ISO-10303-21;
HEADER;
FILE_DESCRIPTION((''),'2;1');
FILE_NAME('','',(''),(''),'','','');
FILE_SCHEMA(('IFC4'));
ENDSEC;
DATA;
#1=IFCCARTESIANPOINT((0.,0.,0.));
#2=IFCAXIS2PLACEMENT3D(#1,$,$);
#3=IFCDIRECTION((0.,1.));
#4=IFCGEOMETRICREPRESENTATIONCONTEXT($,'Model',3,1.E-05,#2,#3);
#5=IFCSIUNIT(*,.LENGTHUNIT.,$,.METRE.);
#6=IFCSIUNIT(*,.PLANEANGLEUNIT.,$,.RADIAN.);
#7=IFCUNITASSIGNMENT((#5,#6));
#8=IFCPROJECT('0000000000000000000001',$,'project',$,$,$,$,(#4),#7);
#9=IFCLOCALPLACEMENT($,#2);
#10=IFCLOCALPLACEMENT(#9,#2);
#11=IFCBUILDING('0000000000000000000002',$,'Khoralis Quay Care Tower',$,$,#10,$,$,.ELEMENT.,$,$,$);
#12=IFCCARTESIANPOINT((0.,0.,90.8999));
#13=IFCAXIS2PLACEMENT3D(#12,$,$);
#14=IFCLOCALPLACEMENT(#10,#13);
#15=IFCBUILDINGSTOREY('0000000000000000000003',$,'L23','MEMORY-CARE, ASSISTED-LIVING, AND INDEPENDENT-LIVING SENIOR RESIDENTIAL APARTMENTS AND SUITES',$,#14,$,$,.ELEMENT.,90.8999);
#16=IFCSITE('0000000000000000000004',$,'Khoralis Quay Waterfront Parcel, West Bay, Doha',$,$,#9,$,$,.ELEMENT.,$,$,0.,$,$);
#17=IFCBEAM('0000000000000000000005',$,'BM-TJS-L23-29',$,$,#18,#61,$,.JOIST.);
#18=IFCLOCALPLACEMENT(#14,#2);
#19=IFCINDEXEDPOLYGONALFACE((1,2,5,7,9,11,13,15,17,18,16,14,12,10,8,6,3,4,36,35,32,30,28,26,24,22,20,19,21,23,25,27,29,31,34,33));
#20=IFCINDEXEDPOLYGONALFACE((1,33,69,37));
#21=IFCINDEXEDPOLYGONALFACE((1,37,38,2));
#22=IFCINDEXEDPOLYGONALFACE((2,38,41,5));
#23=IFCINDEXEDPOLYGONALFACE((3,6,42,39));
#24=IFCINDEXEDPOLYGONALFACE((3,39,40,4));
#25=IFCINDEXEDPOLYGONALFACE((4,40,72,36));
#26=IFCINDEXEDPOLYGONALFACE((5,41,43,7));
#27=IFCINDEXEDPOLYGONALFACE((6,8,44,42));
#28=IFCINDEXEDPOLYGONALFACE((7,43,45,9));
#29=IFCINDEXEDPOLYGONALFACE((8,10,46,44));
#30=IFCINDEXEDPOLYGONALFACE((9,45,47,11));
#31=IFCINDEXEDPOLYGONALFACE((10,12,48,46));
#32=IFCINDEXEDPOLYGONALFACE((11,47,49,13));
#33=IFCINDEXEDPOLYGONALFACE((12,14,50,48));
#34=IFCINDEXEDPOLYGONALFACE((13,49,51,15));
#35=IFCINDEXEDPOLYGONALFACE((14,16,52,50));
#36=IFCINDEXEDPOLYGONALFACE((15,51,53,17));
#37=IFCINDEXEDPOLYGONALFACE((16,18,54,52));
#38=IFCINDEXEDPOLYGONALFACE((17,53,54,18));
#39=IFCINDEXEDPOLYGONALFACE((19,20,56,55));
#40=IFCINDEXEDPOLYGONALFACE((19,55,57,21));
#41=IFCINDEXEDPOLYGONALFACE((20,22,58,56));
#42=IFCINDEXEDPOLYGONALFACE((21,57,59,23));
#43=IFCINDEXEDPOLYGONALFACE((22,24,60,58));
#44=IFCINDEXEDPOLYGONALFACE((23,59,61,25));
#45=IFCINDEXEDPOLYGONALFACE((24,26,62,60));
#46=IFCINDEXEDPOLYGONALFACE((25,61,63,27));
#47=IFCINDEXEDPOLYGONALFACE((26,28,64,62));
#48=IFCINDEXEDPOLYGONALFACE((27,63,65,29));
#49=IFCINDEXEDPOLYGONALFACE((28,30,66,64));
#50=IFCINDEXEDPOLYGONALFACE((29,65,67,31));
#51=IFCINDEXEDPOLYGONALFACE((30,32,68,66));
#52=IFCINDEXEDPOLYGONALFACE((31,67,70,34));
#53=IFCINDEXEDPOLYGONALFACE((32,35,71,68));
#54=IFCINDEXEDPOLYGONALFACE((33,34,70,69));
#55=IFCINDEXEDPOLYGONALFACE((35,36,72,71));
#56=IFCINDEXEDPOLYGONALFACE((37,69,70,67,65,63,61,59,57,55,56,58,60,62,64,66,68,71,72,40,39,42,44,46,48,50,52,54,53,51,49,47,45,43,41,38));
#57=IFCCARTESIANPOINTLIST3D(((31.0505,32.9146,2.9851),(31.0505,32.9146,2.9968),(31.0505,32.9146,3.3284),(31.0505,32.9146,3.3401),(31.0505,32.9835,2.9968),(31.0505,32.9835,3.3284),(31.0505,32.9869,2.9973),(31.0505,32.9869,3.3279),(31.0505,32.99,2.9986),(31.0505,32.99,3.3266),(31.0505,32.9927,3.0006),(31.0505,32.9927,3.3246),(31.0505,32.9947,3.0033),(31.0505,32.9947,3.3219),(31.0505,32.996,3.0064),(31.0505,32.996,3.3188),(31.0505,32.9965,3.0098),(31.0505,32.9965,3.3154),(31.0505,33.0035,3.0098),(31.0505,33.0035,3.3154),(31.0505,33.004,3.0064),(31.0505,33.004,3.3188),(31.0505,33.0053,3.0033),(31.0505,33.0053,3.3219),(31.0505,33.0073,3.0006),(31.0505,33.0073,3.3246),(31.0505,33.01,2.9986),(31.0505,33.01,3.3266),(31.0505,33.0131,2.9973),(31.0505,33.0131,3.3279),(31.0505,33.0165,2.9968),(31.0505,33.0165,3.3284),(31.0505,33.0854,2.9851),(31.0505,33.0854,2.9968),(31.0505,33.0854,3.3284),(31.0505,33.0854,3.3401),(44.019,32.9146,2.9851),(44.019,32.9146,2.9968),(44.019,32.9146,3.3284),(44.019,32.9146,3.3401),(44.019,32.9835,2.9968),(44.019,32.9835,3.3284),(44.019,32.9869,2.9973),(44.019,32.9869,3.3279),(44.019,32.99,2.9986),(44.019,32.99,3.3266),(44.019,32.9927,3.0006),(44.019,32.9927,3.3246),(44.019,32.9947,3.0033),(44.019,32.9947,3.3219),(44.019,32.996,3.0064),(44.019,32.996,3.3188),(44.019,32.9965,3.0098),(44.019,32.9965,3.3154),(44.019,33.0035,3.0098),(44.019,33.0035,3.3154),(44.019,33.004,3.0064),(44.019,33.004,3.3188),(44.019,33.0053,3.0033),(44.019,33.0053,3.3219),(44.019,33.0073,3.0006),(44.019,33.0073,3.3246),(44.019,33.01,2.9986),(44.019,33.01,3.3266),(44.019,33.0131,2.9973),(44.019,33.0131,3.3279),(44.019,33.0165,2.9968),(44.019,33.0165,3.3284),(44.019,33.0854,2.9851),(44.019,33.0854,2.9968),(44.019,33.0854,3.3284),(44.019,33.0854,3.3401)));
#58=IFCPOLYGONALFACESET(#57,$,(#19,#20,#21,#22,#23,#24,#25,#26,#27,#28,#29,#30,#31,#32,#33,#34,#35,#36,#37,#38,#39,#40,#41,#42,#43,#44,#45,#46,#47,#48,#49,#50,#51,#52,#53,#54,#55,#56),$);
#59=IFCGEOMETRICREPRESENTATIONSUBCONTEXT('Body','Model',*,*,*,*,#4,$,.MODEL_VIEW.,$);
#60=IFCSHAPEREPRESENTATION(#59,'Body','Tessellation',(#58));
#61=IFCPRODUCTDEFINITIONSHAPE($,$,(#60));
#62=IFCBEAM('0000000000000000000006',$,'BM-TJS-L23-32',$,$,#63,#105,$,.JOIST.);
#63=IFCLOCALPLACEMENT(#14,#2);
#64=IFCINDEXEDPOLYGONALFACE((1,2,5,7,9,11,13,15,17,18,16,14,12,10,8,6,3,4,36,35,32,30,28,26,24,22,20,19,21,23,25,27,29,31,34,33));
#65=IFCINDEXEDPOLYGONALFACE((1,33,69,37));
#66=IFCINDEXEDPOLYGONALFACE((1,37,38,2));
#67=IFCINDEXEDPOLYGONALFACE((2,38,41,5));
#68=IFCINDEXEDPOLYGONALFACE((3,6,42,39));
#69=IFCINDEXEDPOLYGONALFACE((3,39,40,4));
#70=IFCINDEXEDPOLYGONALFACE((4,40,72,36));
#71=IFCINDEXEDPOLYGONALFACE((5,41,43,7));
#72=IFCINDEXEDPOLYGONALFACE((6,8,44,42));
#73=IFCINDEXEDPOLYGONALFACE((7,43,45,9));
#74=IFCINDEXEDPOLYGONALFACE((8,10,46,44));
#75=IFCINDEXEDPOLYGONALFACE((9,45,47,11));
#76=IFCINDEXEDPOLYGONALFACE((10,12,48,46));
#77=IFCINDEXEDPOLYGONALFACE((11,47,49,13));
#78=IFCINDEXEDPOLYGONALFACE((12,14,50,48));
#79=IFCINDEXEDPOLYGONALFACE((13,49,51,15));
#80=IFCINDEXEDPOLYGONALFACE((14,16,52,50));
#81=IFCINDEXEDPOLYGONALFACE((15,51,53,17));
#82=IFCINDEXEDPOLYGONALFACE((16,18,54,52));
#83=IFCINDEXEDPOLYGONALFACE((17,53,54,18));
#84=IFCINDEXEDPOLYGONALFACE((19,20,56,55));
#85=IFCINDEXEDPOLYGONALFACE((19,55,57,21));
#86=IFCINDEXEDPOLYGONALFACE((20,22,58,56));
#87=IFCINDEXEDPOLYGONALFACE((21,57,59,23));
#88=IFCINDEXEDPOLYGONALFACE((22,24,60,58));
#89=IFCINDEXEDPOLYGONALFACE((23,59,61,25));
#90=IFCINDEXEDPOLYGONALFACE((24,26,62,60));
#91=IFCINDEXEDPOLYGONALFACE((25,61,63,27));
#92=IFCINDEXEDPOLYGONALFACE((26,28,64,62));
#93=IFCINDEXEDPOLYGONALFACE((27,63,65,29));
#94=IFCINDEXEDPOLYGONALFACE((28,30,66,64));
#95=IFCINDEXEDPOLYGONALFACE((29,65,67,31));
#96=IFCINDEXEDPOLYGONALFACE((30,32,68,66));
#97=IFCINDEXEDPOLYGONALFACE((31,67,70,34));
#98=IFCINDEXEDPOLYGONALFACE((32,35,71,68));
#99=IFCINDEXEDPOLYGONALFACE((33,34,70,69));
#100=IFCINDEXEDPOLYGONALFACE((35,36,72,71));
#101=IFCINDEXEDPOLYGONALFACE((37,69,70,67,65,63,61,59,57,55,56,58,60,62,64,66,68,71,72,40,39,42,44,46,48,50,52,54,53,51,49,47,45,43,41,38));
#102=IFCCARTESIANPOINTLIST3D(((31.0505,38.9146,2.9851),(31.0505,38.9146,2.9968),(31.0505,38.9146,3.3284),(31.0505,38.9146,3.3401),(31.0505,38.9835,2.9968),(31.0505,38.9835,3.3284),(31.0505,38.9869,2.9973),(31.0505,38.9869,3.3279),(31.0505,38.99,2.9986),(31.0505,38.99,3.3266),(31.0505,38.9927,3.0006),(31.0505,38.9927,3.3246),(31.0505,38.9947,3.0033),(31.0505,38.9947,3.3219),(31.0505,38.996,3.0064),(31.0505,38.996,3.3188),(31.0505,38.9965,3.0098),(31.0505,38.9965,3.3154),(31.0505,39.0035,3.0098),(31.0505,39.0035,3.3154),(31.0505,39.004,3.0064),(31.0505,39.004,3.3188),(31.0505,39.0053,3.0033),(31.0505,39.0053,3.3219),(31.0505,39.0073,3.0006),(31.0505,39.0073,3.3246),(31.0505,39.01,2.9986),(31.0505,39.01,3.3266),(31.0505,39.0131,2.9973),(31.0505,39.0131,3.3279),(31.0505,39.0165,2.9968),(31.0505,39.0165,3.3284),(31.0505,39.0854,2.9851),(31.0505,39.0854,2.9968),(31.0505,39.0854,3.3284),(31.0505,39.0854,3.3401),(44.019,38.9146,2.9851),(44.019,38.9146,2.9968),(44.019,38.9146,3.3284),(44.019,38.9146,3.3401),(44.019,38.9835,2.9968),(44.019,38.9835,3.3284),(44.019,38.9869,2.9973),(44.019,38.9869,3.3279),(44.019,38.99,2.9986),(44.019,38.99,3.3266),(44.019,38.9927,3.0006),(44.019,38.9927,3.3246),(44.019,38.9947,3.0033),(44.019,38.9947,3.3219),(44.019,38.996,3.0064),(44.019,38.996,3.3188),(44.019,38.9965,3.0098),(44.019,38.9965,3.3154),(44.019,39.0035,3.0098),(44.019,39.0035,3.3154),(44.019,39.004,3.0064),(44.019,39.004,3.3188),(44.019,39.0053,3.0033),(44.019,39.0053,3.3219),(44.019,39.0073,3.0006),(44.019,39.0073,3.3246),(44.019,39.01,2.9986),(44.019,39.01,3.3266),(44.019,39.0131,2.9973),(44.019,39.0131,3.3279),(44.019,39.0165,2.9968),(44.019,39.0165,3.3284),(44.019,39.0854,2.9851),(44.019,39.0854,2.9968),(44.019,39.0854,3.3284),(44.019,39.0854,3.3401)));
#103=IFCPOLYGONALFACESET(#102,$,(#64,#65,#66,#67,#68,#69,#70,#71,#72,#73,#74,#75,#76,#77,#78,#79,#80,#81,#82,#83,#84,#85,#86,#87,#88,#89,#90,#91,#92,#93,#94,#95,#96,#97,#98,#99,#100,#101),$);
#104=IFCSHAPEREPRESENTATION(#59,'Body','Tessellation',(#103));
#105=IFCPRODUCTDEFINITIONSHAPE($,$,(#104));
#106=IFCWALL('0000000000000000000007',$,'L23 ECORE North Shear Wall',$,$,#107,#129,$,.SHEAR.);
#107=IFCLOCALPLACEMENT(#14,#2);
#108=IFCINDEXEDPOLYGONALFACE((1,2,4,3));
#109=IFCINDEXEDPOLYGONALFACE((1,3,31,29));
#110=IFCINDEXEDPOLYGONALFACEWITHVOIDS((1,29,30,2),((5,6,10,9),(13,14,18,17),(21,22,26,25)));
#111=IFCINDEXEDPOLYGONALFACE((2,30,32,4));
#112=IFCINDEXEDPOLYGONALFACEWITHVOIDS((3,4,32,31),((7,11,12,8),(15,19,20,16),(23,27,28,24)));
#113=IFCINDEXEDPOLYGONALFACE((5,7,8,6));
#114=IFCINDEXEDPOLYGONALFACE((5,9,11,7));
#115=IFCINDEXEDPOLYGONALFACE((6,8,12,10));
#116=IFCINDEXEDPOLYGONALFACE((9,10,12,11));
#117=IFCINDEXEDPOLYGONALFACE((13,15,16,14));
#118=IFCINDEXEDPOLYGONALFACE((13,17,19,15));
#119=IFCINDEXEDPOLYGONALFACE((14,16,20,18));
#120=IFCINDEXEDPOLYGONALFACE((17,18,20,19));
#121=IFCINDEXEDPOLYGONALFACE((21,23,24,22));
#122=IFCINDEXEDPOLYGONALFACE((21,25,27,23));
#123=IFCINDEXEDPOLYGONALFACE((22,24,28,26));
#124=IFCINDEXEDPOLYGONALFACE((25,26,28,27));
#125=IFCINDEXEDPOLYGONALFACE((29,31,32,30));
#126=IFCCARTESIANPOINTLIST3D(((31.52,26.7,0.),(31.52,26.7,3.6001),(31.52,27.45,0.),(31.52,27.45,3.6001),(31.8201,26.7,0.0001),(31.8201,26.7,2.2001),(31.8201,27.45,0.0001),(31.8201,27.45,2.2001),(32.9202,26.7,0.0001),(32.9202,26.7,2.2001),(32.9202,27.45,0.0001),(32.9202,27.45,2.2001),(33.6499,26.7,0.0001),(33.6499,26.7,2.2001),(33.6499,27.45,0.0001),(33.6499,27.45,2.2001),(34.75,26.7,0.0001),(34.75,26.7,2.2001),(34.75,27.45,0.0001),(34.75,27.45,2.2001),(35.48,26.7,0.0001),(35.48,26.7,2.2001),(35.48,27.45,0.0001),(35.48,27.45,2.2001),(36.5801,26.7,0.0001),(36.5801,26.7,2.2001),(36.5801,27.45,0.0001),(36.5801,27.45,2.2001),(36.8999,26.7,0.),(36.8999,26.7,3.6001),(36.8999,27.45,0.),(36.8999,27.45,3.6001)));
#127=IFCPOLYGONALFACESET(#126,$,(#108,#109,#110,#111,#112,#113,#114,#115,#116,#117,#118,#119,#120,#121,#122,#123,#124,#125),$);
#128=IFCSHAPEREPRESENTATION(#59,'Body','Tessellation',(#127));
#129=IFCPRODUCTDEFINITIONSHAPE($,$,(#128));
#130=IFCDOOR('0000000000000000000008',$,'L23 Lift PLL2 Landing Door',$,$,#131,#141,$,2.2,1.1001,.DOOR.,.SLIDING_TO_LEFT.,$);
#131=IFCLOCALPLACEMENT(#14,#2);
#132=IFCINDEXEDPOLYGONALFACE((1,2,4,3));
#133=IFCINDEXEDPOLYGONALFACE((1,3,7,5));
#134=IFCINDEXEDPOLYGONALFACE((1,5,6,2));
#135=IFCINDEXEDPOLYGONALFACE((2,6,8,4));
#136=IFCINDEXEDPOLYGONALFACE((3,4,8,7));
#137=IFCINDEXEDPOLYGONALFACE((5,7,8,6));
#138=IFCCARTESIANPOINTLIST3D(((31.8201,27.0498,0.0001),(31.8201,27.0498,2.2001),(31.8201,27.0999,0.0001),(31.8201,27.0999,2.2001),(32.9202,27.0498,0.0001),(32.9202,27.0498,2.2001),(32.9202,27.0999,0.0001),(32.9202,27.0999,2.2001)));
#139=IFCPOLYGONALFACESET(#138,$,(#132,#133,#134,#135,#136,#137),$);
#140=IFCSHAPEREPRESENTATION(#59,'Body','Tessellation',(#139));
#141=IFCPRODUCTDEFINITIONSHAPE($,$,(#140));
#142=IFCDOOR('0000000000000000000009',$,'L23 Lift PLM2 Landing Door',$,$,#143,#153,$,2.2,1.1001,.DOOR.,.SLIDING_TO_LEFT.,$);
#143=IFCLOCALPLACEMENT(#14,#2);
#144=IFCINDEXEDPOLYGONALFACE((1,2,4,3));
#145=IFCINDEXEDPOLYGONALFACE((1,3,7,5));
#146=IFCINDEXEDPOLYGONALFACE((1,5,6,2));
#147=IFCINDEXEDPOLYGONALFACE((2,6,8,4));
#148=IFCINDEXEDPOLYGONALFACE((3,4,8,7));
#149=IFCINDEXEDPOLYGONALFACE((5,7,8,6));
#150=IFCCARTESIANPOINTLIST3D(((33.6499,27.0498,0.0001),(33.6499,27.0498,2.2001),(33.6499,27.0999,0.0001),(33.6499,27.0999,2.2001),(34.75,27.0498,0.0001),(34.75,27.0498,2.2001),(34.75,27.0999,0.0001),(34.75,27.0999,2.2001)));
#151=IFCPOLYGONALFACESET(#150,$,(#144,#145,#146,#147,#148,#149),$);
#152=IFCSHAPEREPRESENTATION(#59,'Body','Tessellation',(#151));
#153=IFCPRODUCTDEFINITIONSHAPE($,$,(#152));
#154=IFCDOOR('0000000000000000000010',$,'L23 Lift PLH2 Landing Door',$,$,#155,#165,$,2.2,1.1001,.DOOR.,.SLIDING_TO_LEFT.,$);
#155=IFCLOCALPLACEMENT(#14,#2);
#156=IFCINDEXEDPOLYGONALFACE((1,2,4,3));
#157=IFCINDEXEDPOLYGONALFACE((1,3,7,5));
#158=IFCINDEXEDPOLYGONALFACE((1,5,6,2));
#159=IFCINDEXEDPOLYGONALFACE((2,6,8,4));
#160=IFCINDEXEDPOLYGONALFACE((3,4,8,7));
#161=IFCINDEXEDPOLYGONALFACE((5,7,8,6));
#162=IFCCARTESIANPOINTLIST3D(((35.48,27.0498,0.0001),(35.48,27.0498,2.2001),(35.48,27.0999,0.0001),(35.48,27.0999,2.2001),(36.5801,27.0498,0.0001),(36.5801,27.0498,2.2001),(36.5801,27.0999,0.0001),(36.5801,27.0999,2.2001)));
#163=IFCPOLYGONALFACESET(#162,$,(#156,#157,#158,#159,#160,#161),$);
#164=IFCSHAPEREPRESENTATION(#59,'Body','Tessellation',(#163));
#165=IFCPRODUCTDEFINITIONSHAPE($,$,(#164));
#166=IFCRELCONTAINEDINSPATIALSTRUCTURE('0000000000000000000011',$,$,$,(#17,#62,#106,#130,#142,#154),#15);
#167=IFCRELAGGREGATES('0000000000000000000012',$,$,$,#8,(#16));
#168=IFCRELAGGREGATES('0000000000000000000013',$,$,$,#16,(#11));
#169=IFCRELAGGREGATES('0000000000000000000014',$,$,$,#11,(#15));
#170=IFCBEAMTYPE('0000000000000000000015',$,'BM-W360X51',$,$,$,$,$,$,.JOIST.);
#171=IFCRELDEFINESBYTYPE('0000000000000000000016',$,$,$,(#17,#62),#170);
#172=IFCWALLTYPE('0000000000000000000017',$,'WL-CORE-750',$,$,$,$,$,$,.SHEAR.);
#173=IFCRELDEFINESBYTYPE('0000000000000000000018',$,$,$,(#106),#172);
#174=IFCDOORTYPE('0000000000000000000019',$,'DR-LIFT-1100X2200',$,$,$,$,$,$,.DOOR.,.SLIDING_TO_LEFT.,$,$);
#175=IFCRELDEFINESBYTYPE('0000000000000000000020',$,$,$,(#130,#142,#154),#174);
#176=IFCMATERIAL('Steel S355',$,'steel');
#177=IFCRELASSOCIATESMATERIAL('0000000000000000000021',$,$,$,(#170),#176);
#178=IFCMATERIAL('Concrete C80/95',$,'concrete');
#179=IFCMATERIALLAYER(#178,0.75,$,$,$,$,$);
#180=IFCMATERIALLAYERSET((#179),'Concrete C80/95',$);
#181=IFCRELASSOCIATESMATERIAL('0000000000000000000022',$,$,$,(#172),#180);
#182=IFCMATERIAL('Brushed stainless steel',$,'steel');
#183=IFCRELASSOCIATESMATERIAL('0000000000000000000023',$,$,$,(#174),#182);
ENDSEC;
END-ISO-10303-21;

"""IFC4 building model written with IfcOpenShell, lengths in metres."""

from ifc_helpers import new_model, si_unit, direction, frame, frame_2d, origin, origin_2d, place, context, subcontext, project, spatial, rectangle, i_section, extrude, source, transform, mapped, material, layer, layer_set, material_profile, profile_set, type_object, element, fill, save


model = new_model("IFC4")

# Units and contexts
model_context = context("Model", 3, precision=1e-05, world=origin(), true_north=direction((0.0, 1.0)))
body_context = subcontext(model_context, "Body", "Model", "MODEL_VIEW")
ifc_project = project(units=[si_unit("LENGTHUNIT", "METRE"), si_unit("PLANEANGLEUNIT", "RADIAN")], contexts=[model_context])

# Site, building, storey
site_placement = place(None, origin())
site = spatial("IfcSite", under=ifc_project, at=site_placement, Name="Khoralis Quay Waterfront Parcel, West Bay, Doha", CompositionType="ELEMENT", RefElevation=0.0)
building_placement = place(site_placement, origin())
building = spatial("IfcBuilding", under=site, at=building_placement, Name="Khoralis Quay Care Tower", CompositionType="ELEMENT")
storey_placement = place(building_placement, frame((0.0, 0.0, 90.8999)))
storey = spatial("IfcBuildingStorey", under=building, at=storey_placement, Name="L23", Description="MEMORY-CARE, ASSISTED-LIVING, AND INDEPENDENT-LIVING SENIOR RESIDENTIAL APARTMENTS AND SUITES", CompositionType="ELEMENT", Elevation=90.8999)

# Beams
ifc_material_1 = material(Name="Steel S355", Category="steel")
ifc_material_profile_1 = material_profile(ifc_material_1, i_section(OverallWidth=0.1709, OverallDepth=0.355, WebThickness=0.0071, FlangeThickness=0.0117, FilletRadius=0.0129, at=origin_2d()), Name="Steel S355")
ifc_profile_set_1 = profile_set([ifc_material_profile_1], Name="Steel S355")
beam_type_1 = type_object("IfcBeamType", Name="BM-W360X51", PredefinedType="JOIST", material=ifc_profile_set_1)
shared_shape_1 = source(origin(), body_context, "Body", "SweptSolid", [
    extrude(i_section(OverallWidth=0.1709, OverallDepth=0.355, WebThickness=0.0071, FlangeThickness=0.0117, FilletRadius=0.0129, at=origin_2d()), origin(), (0.0, 0.0, 1.0), 12.9685),
])
for number, where, z_axis, x_axis, name in (
    (1, (31.0505, 33.0, 3.1626), (1.0, 0.0, 0.0), (0.0, 1.0, 0.0), "BM-TJS-L23-29"),
    (2, (31.0505, 39.0, 3.1626), (1.0, 0.0, 0.0), (0.0, 1.0, 0.0), "BM-TJS-L23-32"),
):
    element("IfcBeam", number, at=place(storey_placement, frame(where, z_axis=z_axis, x_axis=x_axis)), inside=storey, type_object=beam_type_1, Name=name, PredefinedType="JOIST", context=body_context, shape_type="MappedRepresentation", body=[
        mapped(shared_shape_1, transform((0.0, 0.0, 0.0), scale=1.0)),
    ])

# Wall, openings, doors
ifc_material_2 = material(Name="Concrete C80/95", Category="concrete")
ifc_layer_1 = layer(ifc_material_2, 0.75)
ifc_layer_set_1 = layer_set([ifc_layer_1], Name="Concrete C80/95")
wall_type_1 = type_object("IfcWallType", Name="WL-CORE-750", PredefinedType="SHEAR", material=ifc_layer_set_1)
wall_1_placement = place(storey_placement, frame((31.52, 27.075, 0.0), z_axis=(0.0, 0.0, 1.0), x_axis=(1.0, 0.0, 0.0)))
wall_1 = element("IfcWall", 3, at=wall_1_placement, inside=storey, type_object=wall_type_1, Name="L23 ECORE North Shear Wall", PredefinedType="SHEAR", context=body_context, shape_type="SweptSolid", body=[
    extrude(rectangle(XDim=5.3799, YDim=0.75, at=frame_2d((2.6899, 0.0))), origin(), (0.0, 0.0, 1.0), 3.6001),
])
opening_1_placement = place(wall_1_placement, frame((0.3, 0.0, 0.0)))
opening_1 = element("IfcOpeningElement", 4, at=opening_1_placement, cuts=wall_1, PredefinedType="OPENING", context=body_context, shape_type="SweptSolid", body=[
    extrude(rectangle(XDim=1.1001, YDim=2.2, at=frame_2d((0.55, 1.1001))), frame((0.0, 0.385, 0.0), z_axis=(0.0, -1.0, 0.0), x_axis=(1.0, 0.0, 0.0)), (0.0, 0.0, 1.0), 0.77),
])
opening_2_placement = place(wall_1_placement, frame((2.1299, 0.0, 0.0)))
opening_2 = element("IfcOpeningElement", 5, at=opening_2_placement, cuts=wall_1, PredefinedType="OPENING", context=body_context, shape_type="SweptSolid", body=[
    extrude(rectangle(XDim=1.1001, YDim=2.2, at=frame_2d((0.55, 1.1001))), frame((0.0, 0.385, 0.0), z_axis=(0.0, -1.0, 0.0), x_axis=(1.0, 0.0, 0.0)), (0.0, 0.0, 1.0), 0.77),
])
opening_3_placement = place(wall_1_placement, frame((3.96, 0.0, 0.0)))
opening_3 = element("IfcOpeningElement", 6, at=opening_3_placement, cuts=wall_1, PredefinedType="OPENING", context=body_context, shape_type="SweptSolid", body=[
    extrude(rectangle(XDim=1.1001, YDim=2.2, at=frame_2d((0.55, 1.1001))), frame((0.0, 0.385, 0.0), z_axis=(0.0, -1.0, 0.0), x_axis=(1.0, 0.0, 0.0)), (0.0, 0.0, 1.0), 0.77),
])
ifc_material_3 = material(Name="Brushed stainless steel", Category="steel")
door_type_1 = type_object("IfcDoorType", Name="DR-LIFT-1100X2200", OperationType="SLIDING_TO_LEFT", PredefinedType="DOOR", material=ifc_material_3)
shared_shape_2 = source(origin(), body_context, "Body", "SweptSolid", [
    extrude(rectangle(XDim=1.1001, YDim=2.2, at=frame_2d((0.55, 1.1001))), frame((0.0, 0.0249, 0.0), z_axis=(0.0, -1.0, 0.0), x_axis=(1.0, 0.0, 0.0)), (0.0, 0.0, 1.0), 0.05),
])
door_1_placement = place(opening_1_placement, origin())
door_1 = element("IfcDoor", 7, at=door_1_placement, inside=storey, type_object=door_type_1, Name="L23 Lift PLL2 Landing Door", OperationType="SLIDING_TO_LEFT", OverallHeight=2.2, OverallWidth=1.1001, PredefinedType="DOOR", context=body_context, shape_type="MappedRepresentation", body=[
    mapped(shared_shape_2, transform((0.0, 0.0, 0.0), scale=1.0)),
])
fill(opening_1, door_1)
door_2_placement = place(opening_2_placement, origin())
door_2 = element("IfcDoor", 8, at=door_2_placement, inside=storey, type_object=door_type_1, Name="L23 Lift PLM2 Landing Door", OperationType="SLIDING_TO_LEFT", OverallHeight=2.2, OverallWidth=1.1001, PredefinedType="DOOR", context=body_context, shape_type="MappedRepresentation", body=[
    mapped(shared_shape_2, transform((0.0, 0.0, 0.0), scale=1.0)),
])
fill(opening_2, door_2)
door_3_placement = place(opening_3_placement, origin())
door_3 = element("IfcDoor", 9, at=door_3_placement, inside=storey, type_object=door_type_1, Name="L23 Lift PLH2 Landing Door", OperationType="SLIDING_TO_LEFT", OverallHeight=2.2, OverallWidth=1.1001, PredefinedType="DOOR", context=body_context, shape_type="MappedRepresentation", body=[
    mapped(shared_shape_2, transform((0.0, 0.0, 0.0), scale=1.0)),
])
fill(opening_3, door_3)

save(model, "model.ifc")
